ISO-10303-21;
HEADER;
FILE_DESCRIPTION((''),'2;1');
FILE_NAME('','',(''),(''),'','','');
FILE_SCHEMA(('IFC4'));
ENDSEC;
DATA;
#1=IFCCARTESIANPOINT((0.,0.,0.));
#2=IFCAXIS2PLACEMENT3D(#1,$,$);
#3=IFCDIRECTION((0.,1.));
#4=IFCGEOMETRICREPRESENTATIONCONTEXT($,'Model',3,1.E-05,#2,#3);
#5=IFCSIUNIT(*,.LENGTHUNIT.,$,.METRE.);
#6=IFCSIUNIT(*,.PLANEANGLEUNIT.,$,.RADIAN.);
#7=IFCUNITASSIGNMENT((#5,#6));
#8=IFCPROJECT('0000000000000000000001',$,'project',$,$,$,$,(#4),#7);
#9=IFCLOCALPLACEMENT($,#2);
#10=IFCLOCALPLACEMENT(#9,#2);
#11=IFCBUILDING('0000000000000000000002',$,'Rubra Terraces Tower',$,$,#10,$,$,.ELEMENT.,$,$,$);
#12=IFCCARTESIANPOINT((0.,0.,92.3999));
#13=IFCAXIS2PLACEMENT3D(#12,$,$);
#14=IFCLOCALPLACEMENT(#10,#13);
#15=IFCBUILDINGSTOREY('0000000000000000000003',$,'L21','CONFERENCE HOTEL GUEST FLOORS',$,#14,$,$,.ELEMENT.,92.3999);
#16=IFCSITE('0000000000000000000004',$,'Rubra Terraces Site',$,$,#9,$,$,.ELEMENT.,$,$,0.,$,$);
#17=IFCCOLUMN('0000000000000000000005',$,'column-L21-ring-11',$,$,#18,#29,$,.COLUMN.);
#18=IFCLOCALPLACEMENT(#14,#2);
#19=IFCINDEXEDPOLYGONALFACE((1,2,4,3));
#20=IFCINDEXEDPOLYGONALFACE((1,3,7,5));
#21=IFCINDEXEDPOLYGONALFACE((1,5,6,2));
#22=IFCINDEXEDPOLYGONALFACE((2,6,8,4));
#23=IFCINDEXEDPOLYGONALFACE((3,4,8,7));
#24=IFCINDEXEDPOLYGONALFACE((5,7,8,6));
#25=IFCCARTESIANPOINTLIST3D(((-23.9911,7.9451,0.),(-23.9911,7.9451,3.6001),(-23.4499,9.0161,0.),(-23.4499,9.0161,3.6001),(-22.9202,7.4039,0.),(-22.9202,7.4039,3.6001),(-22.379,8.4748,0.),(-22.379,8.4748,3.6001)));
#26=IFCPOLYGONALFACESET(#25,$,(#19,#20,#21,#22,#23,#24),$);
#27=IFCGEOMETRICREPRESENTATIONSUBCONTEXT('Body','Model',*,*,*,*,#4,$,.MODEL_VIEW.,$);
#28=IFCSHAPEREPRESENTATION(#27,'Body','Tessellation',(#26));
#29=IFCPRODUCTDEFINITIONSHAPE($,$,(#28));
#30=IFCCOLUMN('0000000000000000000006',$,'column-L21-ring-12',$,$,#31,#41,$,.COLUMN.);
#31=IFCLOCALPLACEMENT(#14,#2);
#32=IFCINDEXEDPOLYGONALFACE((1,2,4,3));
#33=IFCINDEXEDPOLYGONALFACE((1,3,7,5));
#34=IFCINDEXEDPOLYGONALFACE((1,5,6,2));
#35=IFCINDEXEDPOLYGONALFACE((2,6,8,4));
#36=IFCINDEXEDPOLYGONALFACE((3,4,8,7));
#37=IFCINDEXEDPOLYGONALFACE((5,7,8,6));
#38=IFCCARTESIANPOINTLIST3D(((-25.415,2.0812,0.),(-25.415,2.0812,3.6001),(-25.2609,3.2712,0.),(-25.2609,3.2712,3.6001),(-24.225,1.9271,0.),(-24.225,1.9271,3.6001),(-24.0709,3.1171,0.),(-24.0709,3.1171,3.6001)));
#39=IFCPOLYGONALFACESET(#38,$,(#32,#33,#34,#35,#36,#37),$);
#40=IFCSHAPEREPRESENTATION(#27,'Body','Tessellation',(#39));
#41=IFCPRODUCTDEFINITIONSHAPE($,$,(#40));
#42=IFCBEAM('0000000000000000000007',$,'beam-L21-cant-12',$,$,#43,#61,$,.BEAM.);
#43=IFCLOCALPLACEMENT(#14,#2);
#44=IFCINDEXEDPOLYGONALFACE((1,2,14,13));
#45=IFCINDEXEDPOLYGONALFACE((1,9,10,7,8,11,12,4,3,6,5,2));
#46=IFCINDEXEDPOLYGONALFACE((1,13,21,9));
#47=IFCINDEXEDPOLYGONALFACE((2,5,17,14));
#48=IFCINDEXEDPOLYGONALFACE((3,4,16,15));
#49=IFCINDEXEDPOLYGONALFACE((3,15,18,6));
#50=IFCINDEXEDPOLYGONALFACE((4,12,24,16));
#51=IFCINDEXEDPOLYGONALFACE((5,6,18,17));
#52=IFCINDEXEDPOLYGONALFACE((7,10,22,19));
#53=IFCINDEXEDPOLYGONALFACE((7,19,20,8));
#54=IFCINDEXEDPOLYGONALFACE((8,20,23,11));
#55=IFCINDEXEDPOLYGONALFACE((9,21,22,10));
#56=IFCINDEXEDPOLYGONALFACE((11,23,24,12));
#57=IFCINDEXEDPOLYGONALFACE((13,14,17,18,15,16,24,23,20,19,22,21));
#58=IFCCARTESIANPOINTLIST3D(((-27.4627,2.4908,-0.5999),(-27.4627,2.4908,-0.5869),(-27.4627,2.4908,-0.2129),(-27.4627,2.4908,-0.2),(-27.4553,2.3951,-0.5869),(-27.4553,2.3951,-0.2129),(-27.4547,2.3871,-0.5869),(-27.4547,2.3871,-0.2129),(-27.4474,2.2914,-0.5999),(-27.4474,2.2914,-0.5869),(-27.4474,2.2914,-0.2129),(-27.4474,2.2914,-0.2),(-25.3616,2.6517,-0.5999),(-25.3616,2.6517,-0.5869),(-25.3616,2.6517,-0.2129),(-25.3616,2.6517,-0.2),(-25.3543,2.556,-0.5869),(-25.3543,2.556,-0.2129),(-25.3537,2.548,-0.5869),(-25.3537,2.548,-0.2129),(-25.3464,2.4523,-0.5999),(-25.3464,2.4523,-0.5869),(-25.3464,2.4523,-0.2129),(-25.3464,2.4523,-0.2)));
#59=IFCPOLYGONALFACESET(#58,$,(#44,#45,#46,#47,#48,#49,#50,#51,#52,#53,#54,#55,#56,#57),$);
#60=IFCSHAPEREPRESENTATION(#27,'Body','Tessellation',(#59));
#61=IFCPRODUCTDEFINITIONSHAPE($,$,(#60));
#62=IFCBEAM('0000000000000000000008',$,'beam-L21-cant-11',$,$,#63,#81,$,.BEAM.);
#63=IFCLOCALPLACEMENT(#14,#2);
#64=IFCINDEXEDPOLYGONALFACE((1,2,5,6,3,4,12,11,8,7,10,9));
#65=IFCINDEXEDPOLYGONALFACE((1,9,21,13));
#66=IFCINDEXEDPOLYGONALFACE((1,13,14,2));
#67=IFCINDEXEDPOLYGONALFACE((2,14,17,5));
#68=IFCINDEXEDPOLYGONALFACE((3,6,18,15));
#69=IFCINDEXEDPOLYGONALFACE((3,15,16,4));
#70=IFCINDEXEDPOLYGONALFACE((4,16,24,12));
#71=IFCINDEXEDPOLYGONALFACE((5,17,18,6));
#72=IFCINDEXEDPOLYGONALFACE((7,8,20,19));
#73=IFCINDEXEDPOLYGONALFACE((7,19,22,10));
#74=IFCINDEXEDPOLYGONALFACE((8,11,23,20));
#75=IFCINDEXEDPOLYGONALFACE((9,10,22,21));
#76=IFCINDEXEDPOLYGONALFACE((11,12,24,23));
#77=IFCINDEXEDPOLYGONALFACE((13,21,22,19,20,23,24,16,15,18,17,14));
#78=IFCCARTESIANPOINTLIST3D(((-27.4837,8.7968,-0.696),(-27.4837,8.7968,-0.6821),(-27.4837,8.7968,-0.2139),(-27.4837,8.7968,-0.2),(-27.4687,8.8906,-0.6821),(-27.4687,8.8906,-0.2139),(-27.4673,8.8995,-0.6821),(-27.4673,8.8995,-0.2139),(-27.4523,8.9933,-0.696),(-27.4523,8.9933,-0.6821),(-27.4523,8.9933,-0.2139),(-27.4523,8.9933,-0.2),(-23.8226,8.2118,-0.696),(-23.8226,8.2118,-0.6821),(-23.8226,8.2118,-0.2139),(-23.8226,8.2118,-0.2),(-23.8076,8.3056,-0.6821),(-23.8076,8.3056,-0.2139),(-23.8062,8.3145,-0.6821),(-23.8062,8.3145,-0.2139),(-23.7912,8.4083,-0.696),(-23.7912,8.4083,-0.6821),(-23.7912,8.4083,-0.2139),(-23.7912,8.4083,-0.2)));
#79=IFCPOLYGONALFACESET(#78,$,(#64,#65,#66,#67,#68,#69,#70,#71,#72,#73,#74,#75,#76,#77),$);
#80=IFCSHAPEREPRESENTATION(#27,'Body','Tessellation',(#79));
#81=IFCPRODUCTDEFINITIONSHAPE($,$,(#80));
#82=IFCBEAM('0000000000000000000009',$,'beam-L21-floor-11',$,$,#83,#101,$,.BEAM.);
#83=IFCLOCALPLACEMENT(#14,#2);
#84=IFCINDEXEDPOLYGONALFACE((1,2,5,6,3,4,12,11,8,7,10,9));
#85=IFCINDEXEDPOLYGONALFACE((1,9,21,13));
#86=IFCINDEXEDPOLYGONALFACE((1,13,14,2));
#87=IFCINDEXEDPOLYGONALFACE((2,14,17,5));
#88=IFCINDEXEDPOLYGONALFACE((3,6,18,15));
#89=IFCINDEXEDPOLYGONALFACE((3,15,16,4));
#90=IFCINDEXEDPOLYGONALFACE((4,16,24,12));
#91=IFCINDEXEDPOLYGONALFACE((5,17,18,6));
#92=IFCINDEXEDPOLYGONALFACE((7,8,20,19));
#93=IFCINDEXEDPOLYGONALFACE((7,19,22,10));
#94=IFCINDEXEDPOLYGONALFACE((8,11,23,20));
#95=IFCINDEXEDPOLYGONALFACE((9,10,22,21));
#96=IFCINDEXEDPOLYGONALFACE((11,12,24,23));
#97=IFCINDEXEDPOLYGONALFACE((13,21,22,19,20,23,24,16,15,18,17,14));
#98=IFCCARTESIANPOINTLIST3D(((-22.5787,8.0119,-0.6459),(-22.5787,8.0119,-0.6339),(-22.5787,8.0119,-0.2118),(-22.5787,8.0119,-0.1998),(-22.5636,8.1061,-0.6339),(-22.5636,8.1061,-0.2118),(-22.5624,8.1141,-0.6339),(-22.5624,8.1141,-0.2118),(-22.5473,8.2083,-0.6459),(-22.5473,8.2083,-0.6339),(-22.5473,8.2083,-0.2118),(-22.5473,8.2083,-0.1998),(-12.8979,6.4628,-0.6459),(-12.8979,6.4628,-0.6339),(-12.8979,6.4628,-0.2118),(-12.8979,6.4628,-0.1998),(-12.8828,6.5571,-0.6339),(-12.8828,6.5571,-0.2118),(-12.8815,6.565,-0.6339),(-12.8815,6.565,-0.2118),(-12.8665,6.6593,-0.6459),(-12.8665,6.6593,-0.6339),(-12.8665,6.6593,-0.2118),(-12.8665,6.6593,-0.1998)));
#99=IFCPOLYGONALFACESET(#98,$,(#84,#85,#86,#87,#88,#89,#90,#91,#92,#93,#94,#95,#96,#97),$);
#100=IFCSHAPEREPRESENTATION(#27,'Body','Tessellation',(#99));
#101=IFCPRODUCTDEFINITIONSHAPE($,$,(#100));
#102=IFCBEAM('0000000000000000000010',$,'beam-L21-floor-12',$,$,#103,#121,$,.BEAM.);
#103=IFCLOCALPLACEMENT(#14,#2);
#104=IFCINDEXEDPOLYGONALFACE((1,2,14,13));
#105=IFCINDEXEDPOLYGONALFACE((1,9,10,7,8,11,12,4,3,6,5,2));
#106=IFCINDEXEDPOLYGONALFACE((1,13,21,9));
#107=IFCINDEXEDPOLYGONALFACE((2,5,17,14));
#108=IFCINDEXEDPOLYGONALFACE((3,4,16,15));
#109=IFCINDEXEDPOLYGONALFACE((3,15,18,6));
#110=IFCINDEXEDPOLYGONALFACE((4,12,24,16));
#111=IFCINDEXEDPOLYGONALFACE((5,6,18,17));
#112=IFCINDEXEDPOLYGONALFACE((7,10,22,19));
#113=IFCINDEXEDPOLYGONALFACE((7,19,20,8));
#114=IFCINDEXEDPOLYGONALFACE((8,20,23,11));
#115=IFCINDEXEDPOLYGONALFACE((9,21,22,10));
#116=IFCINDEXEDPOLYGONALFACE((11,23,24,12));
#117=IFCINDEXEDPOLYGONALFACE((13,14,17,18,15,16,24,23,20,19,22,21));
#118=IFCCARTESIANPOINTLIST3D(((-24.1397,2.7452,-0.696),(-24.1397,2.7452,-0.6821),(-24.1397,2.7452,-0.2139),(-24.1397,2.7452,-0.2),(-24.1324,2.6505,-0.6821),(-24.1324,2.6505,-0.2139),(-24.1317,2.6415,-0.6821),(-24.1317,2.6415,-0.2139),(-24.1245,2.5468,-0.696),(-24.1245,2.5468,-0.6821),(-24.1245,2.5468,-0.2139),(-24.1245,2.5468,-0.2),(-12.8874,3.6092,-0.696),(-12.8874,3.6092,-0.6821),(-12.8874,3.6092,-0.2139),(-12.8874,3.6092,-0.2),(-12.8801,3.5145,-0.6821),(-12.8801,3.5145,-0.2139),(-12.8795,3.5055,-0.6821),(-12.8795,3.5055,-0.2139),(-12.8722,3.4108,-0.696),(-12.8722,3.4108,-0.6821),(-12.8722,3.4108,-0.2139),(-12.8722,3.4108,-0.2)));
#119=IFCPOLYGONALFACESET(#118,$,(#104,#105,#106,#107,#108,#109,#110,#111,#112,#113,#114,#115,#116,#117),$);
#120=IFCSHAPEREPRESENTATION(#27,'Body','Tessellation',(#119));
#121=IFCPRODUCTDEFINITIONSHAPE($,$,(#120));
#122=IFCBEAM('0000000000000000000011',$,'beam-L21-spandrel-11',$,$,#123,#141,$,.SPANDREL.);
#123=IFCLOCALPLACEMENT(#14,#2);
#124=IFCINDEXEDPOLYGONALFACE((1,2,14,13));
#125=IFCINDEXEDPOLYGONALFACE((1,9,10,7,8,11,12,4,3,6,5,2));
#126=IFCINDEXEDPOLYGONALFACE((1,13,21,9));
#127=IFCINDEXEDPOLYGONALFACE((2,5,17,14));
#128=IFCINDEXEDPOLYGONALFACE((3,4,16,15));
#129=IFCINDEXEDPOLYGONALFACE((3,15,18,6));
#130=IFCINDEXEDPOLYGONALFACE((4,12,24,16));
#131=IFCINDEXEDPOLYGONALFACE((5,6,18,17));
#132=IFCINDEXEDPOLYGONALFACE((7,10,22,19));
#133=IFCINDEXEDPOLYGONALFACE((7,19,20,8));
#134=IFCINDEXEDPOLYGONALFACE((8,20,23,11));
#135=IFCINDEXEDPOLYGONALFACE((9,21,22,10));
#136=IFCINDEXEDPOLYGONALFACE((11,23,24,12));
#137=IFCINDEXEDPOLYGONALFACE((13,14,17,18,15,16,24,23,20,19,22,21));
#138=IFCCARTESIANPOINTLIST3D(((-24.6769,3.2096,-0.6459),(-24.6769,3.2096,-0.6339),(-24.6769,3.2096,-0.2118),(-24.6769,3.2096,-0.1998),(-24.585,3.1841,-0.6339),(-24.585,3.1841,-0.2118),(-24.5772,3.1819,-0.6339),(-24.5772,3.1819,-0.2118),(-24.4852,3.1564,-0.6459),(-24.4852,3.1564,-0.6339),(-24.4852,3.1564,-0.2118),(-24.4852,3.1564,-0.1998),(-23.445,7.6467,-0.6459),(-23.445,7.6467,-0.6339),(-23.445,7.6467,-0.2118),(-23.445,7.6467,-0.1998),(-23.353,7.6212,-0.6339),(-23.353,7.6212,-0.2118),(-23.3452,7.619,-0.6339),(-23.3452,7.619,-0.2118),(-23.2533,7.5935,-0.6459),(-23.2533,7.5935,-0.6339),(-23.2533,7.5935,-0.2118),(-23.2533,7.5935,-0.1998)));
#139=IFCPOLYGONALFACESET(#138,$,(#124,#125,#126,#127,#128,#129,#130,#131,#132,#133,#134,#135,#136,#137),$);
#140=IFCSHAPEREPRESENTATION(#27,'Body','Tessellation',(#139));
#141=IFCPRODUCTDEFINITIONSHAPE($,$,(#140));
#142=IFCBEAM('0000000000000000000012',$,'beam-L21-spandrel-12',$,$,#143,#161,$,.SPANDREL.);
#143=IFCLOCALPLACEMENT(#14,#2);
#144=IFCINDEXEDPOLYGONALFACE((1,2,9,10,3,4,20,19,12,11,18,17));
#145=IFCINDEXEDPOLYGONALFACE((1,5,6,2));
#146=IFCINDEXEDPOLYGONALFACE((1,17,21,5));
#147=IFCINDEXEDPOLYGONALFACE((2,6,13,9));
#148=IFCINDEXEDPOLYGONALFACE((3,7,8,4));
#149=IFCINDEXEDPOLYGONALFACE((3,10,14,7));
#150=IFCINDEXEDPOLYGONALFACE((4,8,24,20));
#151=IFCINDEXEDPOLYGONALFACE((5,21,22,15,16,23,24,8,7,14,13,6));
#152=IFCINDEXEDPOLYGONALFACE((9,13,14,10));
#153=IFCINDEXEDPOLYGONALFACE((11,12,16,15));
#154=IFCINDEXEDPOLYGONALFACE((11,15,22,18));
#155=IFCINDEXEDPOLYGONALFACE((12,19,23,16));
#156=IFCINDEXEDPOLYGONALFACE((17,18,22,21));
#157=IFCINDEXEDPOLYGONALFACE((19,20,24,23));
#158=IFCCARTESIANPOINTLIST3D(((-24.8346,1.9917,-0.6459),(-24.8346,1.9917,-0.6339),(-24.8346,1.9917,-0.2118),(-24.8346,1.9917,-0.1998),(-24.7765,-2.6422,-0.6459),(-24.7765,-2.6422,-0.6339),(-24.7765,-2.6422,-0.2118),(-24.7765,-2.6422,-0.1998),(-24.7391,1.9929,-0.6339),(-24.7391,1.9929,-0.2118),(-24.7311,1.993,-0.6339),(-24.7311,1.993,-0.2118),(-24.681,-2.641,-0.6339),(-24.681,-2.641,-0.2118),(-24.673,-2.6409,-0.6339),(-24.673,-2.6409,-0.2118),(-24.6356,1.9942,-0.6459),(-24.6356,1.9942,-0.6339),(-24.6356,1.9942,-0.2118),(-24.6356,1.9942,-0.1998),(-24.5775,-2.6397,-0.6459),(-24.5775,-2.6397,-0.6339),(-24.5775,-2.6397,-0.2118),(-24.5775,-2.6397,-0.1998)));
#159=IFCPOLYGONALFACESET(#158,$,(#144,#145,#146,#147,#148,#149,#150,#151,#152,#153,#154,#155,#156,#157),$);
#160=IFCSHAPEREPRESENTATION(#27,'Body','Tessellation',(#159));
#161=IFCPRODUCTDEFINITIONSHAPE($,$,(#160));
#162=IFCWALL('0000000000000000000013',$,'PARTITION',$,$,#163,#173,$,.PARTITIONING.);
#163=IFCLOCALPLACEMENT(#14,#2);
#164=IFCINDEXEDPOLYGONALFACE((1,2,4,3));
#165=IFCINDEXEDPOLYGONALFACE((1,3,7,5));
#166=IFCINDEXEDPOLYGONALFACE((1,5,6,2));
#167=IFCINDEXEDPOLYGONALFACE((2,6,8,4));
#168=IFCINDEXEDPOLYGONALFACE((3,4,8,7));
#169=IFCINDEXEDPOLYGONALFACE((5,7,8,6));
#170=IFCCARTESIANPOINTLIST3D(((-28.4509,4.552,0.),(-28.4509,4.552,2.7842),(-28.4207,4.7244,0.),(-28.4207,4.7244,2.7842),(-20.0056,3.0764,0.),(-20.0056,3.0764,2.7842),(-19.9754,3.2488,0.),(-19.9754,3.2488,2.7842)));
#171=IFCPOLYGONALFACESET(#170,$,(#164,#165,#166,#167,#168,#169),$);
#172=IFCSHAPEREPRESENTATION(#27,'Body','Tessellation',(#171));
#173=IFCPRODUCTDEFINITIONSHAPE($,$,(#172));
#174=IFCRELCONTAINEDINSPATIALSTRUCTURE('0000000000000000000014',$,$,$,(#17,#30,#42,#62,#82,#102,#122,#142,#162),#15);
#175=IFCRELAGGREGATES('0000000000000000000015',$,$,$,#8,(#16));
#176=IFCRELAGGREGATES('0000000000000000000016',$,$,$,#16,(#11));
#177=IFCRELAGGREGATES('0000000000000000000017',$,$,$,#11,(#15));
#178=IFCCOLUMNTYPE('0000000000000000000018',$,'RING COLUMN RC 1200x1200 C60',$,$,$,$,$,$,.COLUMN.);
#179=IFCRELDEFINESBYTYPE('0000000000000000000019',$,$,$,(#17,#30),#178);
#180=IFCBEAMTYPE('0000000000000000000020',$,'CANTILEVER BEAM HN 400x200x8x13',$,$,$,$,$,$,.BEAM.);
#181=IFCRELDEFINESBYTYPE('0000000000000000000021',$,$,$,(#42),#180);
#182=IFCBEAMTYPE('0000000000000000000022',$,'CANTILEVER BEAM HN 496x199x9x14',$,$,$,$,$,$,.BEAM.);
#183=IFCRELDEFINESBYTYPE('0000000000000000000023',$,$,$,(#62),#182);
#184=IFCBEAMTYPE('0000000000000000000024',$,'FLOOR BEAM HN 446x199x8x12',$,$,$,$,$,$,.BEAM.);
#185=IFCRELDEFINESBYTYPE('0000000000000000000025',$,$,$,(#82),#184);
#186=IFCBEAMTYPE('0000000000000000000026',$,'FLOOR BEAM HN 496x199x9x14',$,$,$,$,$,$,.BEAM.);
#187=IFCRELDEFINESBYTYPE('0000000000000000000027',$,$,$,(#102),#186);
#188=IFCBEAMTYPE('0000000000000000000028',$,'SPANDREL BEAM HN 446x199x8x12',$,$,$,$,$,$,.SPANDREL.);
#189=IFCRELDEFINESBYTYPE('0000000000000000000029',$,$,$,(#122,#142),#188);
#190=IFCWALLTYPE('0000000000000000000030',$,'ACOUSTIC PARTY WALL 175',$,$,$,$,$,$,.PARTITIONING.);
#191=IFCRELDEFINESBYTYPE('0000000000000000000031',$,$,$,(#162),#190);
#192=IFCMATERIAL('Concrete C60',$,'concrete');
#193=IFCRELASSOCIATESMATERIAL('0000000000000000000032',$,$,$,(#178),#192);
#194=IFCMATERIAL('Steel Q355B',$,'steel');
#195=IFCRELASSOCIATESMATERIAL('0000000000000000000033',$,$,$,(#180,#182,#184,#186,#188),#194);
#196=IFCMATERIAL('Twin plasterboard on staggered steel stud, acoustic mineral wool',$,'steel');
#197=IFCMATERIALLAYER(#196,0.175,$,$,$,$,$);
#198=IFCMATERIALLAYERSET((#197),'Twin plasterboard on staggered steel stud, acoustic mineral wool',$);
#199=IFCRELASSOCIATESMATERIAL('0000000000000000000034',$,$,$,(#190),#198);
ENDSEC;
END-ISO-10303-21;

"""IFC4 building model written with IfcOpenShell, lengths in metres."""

from ifc_helpers import new_model, si_unit, direction, frame, frame_2d, origin, origin_2d, place, context, subcontext, project, spatial, rectangle, i_section, extrude, material, layer, layer_set, material_profile, profile_set, type_object, element, save


model = new_model("IFC4")

# Units and contexts
model_context = context("Model", 3, precision=1e-05, world=origin(), true_north=direction((0.0, 1.0)))
body_context = subcontext(model_context, "Body", "Model", "MODEL_VIEW")
ifc_project = project(units=[si_unit("LENGTHUNIT", "METRE"), si_unit("PLANEANGLEUNIT", "RADIAN")], contexts=[model_context])

# Site, building, storey
site_placement = place(None, origin())
site = spatial("IfcSite", under=ifc_project, at=site_placement, Name="Rubra Terraces Site", CompositionType="ELEMENT", RefElevation=0.0)
building_placement = place(site_placement, origin())
building = spatial("IfcBuilding", under=site, at=building_placement, Name="Rubra Terraces Tower", CompositionType="ELEMENT")
storey_placement = place(building_placement, frame((0.0, 0.0, 92.3999)))
storey = spatial("IfcBuildingStorey", under=building, at=storey_placement, Name="L21", Description="CONFERENCE HOTEL GUEST FLOORS", CompositionType="ELEMENT", Elevation=92.3999)

# Columns
ifc_material_1 = material(Name="Concrete C60", Category="concrete")
ifc_material_profile_1 = material_profile(ifc_material_1, rectangle(XDim=1.2, YDim=1.2, at=origin_2d()), Name="RC 1200x1200")
ifc_profile_set_1 = profile_set([ifc_material_profile_1], Name="Concrete C60")
column_type = type_object("IfcColumnType", Name="RING COLUMN RC 1200x1200 C60", PredefinedType="COLUMN", material=ifc_profile_set_1)
for number, where, z_axis, x_axis, name in (
    (1, (-23.1851, 8.21, 0.0), (0.0, 0.0, 1.0), (-0.451028, -0.89251, 0.0), "column-L21-ring-11"),
    (2, (-24.7429, 2.5991, 0.0), (0.0, 0.0, 1.0), (-0.128444, -0.991717, 0.0), "column-L21-ring-12"),
):
    element("IfcColumn", number, at=place(storey_placement, frame(where, z_axis=z_axis, x_axis=x_axis)), inside=storey, type_object=column_type, Name=name, PredefinedType="COLUMN", context=body_context, shape_type="SweptSolid", body=[
        extrude(rectangle(XDim=1.2, YDim=1.2, at=origin_2d()), origin(), (0.0, 0.0, 1.0), 3.6001),
    ])

# Beams
ifc_material_2 = material(Name="Steel Q355B", Category="steel")
ifc_material_profile_2 = material_profile(ifc_material_2, i_section(OverallWidth=0.2, OverallDepth=0.3999, WebThickness=0.0081, FlangeThickness=0.0129, at=origin_2d()), Name="HN 400x200x8x13")
ifc_profile_set_2 = profile_set([ifc_material_profile_2], Name="Steel Q355B")
beam_type_1 = type_object("IfcBeamType", Name="CANTILEVER BEAM HN 400x200x8x13", PredefinedType="BEAM", material=ifc_profile_set_2)
beam_1_placement = place(storey_placement, frame((-25.354, 2.552, -0.3999), z_axis=(-0.997081, -0.076351, 0.0), x_axis=(0.076351, -0.997081, 0.0)))
element("IfcBeam", 3, at=beam_1_placement, inside=storey, type_object=beam_type_1, Name="beam-L21-cant-12", PredefinedType="BEAM", context=body_context, shape_type="SweptSolid", body=[
    extrude(i_section(OverallWidth=0.2, OverallDepth=0.3999, WebThickness=0.0081, FlangeThickness=0.0129, at=origin_2d()), origin(), (0.0, 0.0, 1.0), 2.1072),
])
ifc_material_profile_3 = material_profile(ifc_material_2, i_section(OverallWidth=0.199, OverallDepth=0.4961, WebThickness=0.009, FlangeThickness=0.0139, at=origin_2d()), Name="HN 496x199x9x14")
ifc_profile_set_3 = profile_set([ifc_material_profile_3], Name="Steel Q355B")
beam_type_2 = type_object("IfcBeamType", Name="CANTILEVER BEAM HN 496x199x9x14", PredefinedType="BEAM", material=ifc_profile_set_3)
beam_2_placement = place(storey_placement, frame((-23.8069, 8.3101, -0.448), z_axis=(-0.987475, 0.157775, 0.0), x_axis=(-0.157775, -0.987475, 0.0)))
element("IfcBeam", 4, at=beam_2_placement, inside=storey, type_object=beam_type_2, Name="beam-L21-cant-11", PredefinedType="BEAM", context=body_context, shape_type="SweptSolid", body=[
    extrude(i_section(OverallWidth=0.199, OverallDepth=0.4961, WebThickness=0.009, FlangeThickness=0.0139, at=origin_2d()), origin(), (0.0, 0.0, 1.0), 3.7075),
])
ifc_material_profile_4 = material_profile(ifc_material_2, i_section(OverallWidth=0.199, OverallDepth=0.446, WebThickness=0.0081, FlangeThickness=0.012, at=origin_2d()), Name="HN 446x199x8x12")
ifc_profile_set_4 = profile_set([ifc_material_profile_4], Name="Steel Q355B")
beam_type_3 = type_object("IfcBeamType", Name="FLOOR BEAM HN 446x199x8x12", PredefinedType="BEAM", material=ifc_profile_set_4)
beam_3_placement = place(storey_placement, frame((-22.563, 8.1101, -0.4229), z_axis=(0.987439, -0.158003, 0.0), x_axis=(0.158003, 0.987439, 0.0)))
element("IfcBeam", 5, at=beam_3_placement, inside=storey, type_object=beam_type_3, Name="beam-L21-floor-11", PredefinedType="BEAM", context=body_context, shape_type="SweptSolid", body=[
    extrude(i_section(OverallWidth=0.199, OverallDepth=0.446, WebThickness=0.0081, FlangeThickness=0.012, at=origin_2d()), origin(), (0.0, 0.0, 1.0), 9.804),
])
ifc_material_profile_5 = material_profile(ifc_material_2, i_section(OverallWidth=0.199, OverallDepth=0.4961, WebThickness=0.009, FlangeThickness=0.0139, at=origin_2d()), Name="HN 496x199x9x14")
ifc_profile_set_5 = profile_set([ifc_material_profile_5], Name="Steel Q355B")
beam_type_4 = type_object("IfcBeamType", Name="FLOOR BEAM HN 496x199x9x14", PredefinedType="BEAM", material=ifc_profile_set_5)
beam_4_placement = place(storey_placement, frame((-24.1321, 2.646, -0.448), z_axis=(0.997065, 0.076561, 0.0), x_axis=(-0.076561, 0.997065, 0.0)))
element("IfcBeam", 6, at=beam_4_placement, inside=storey, type_object=beam_type_4, Name="beam-L21-floor-12", PredefinedType="BEAM", context=body_context, shape_type="SweptSolid", body=[
    extrude(i_section(OverallWidth=0.199, OverallDepth=0.4961, WebThickness=0.009, FlangeThickness=0.0139, at=origin_2d()), origin(), (0.0, 0.0, 1.0), 11.2854),
])
ifc_material_profile_6 = material_profile(ifc_material_2, i_section(OverallWidth=0.199, OverallDepth=0.446, WebThickness=0.0081, FlangeThickness=0.012, at=origin_2d()), Name="HN 446x199x8x12")
ifc_profile_set_6 = profile_set([ifc_material_profile_6], Name="Steel Q355B")
beam_type_5 = type_object("IfcBeamType", Name="SPANDREL BEAM HN 446x199x8x12", PredefinedType="SPANDREL", material=ifc_profile_set_6)
beam_5_placement = place(storey_placement, frame((-23.3491, 7.6201, -0.4229), z_axis=(-0.267529, -0.96355, 0.0), x_axis=(0.96355, -0.267529, 0.0)))
element("IfcBeam", 7, at=beam_5_placement, inside=storey, type_object=beam_type_5, Name="beam-L21-spandrel-11", PredefinedType="SPANDREL", context=body_context, shape_type="SweptSolid", body=[
    extrude(i_section(OverallWidth=0.199, OverallDepth=0.446, WebThickness=0.0081, FlangeThickness=0.012, at=origin_2d()), origin(), (0.0, 0.0, 1.0), 4.605),
])
beam_6_placement = place(storey_placement, frame((-24.7351, 1.9929, -0.4229), z_axis=(0.012538, -0.999921, 0.0), x_axis=(0.999921, 0.012538, 0.0)))
element("IfcBeam", 8, at=beam_6_placement, inside=storey, type_object=beam_type_5, Name="beam-L21-spandrel-12", PredefinedType="SPANDREL", context=body_context, shape_type="SweptSolid", body=[
    extrude(i_section(OverallWidth=0.199, OverallDepth=0.446, WebThickness=0.0081, FlangeThickness=0.012, at=origin_2d()), origin(), (0.0, 0.0, 1.0), 4.6343),
])

# Wall
ifc_material_3 = material(Name="Twin plasterboard on staggered steel stud, acoustic mineral wool", Category="steel")
ifc_layer_1 = layer(ifc_material_3, 0.175)
ifc_layer_set_1 = layer_set([ifc_layer_1], Name="Twin plasterboard on staggered steel stud, acoustic mineral wool")
wall_type_1 = type_object("IfcWallType", Name="ACOUSTIC PARTY WALL 175", PredefinedType="PARTITIONING", material=ifc_layer_set_1)
wall_1_placement = place(storey_placement, frame((-28.4358, 4.6382, 0.0), z_axis=(0.0, 0.0, 1.0), x_axis=(0.985077, -0.172115, 0.0)))
element("IfcWall", 9, at=wall_1_placement, inside=storey, type_object=wall_type_1, Name="PARTITION", PredefinedType="PARTITIONING", context=body_context, shape_type="SweptSolid", body=[
    extrude(rectangle(XDim=8.5732, YDim=0.175, at=frame_2d((4.2866, 0.0))), origin(), (0.0, 0.0, 1.0), 2.7842),
])

save(model, "model.ifc")
